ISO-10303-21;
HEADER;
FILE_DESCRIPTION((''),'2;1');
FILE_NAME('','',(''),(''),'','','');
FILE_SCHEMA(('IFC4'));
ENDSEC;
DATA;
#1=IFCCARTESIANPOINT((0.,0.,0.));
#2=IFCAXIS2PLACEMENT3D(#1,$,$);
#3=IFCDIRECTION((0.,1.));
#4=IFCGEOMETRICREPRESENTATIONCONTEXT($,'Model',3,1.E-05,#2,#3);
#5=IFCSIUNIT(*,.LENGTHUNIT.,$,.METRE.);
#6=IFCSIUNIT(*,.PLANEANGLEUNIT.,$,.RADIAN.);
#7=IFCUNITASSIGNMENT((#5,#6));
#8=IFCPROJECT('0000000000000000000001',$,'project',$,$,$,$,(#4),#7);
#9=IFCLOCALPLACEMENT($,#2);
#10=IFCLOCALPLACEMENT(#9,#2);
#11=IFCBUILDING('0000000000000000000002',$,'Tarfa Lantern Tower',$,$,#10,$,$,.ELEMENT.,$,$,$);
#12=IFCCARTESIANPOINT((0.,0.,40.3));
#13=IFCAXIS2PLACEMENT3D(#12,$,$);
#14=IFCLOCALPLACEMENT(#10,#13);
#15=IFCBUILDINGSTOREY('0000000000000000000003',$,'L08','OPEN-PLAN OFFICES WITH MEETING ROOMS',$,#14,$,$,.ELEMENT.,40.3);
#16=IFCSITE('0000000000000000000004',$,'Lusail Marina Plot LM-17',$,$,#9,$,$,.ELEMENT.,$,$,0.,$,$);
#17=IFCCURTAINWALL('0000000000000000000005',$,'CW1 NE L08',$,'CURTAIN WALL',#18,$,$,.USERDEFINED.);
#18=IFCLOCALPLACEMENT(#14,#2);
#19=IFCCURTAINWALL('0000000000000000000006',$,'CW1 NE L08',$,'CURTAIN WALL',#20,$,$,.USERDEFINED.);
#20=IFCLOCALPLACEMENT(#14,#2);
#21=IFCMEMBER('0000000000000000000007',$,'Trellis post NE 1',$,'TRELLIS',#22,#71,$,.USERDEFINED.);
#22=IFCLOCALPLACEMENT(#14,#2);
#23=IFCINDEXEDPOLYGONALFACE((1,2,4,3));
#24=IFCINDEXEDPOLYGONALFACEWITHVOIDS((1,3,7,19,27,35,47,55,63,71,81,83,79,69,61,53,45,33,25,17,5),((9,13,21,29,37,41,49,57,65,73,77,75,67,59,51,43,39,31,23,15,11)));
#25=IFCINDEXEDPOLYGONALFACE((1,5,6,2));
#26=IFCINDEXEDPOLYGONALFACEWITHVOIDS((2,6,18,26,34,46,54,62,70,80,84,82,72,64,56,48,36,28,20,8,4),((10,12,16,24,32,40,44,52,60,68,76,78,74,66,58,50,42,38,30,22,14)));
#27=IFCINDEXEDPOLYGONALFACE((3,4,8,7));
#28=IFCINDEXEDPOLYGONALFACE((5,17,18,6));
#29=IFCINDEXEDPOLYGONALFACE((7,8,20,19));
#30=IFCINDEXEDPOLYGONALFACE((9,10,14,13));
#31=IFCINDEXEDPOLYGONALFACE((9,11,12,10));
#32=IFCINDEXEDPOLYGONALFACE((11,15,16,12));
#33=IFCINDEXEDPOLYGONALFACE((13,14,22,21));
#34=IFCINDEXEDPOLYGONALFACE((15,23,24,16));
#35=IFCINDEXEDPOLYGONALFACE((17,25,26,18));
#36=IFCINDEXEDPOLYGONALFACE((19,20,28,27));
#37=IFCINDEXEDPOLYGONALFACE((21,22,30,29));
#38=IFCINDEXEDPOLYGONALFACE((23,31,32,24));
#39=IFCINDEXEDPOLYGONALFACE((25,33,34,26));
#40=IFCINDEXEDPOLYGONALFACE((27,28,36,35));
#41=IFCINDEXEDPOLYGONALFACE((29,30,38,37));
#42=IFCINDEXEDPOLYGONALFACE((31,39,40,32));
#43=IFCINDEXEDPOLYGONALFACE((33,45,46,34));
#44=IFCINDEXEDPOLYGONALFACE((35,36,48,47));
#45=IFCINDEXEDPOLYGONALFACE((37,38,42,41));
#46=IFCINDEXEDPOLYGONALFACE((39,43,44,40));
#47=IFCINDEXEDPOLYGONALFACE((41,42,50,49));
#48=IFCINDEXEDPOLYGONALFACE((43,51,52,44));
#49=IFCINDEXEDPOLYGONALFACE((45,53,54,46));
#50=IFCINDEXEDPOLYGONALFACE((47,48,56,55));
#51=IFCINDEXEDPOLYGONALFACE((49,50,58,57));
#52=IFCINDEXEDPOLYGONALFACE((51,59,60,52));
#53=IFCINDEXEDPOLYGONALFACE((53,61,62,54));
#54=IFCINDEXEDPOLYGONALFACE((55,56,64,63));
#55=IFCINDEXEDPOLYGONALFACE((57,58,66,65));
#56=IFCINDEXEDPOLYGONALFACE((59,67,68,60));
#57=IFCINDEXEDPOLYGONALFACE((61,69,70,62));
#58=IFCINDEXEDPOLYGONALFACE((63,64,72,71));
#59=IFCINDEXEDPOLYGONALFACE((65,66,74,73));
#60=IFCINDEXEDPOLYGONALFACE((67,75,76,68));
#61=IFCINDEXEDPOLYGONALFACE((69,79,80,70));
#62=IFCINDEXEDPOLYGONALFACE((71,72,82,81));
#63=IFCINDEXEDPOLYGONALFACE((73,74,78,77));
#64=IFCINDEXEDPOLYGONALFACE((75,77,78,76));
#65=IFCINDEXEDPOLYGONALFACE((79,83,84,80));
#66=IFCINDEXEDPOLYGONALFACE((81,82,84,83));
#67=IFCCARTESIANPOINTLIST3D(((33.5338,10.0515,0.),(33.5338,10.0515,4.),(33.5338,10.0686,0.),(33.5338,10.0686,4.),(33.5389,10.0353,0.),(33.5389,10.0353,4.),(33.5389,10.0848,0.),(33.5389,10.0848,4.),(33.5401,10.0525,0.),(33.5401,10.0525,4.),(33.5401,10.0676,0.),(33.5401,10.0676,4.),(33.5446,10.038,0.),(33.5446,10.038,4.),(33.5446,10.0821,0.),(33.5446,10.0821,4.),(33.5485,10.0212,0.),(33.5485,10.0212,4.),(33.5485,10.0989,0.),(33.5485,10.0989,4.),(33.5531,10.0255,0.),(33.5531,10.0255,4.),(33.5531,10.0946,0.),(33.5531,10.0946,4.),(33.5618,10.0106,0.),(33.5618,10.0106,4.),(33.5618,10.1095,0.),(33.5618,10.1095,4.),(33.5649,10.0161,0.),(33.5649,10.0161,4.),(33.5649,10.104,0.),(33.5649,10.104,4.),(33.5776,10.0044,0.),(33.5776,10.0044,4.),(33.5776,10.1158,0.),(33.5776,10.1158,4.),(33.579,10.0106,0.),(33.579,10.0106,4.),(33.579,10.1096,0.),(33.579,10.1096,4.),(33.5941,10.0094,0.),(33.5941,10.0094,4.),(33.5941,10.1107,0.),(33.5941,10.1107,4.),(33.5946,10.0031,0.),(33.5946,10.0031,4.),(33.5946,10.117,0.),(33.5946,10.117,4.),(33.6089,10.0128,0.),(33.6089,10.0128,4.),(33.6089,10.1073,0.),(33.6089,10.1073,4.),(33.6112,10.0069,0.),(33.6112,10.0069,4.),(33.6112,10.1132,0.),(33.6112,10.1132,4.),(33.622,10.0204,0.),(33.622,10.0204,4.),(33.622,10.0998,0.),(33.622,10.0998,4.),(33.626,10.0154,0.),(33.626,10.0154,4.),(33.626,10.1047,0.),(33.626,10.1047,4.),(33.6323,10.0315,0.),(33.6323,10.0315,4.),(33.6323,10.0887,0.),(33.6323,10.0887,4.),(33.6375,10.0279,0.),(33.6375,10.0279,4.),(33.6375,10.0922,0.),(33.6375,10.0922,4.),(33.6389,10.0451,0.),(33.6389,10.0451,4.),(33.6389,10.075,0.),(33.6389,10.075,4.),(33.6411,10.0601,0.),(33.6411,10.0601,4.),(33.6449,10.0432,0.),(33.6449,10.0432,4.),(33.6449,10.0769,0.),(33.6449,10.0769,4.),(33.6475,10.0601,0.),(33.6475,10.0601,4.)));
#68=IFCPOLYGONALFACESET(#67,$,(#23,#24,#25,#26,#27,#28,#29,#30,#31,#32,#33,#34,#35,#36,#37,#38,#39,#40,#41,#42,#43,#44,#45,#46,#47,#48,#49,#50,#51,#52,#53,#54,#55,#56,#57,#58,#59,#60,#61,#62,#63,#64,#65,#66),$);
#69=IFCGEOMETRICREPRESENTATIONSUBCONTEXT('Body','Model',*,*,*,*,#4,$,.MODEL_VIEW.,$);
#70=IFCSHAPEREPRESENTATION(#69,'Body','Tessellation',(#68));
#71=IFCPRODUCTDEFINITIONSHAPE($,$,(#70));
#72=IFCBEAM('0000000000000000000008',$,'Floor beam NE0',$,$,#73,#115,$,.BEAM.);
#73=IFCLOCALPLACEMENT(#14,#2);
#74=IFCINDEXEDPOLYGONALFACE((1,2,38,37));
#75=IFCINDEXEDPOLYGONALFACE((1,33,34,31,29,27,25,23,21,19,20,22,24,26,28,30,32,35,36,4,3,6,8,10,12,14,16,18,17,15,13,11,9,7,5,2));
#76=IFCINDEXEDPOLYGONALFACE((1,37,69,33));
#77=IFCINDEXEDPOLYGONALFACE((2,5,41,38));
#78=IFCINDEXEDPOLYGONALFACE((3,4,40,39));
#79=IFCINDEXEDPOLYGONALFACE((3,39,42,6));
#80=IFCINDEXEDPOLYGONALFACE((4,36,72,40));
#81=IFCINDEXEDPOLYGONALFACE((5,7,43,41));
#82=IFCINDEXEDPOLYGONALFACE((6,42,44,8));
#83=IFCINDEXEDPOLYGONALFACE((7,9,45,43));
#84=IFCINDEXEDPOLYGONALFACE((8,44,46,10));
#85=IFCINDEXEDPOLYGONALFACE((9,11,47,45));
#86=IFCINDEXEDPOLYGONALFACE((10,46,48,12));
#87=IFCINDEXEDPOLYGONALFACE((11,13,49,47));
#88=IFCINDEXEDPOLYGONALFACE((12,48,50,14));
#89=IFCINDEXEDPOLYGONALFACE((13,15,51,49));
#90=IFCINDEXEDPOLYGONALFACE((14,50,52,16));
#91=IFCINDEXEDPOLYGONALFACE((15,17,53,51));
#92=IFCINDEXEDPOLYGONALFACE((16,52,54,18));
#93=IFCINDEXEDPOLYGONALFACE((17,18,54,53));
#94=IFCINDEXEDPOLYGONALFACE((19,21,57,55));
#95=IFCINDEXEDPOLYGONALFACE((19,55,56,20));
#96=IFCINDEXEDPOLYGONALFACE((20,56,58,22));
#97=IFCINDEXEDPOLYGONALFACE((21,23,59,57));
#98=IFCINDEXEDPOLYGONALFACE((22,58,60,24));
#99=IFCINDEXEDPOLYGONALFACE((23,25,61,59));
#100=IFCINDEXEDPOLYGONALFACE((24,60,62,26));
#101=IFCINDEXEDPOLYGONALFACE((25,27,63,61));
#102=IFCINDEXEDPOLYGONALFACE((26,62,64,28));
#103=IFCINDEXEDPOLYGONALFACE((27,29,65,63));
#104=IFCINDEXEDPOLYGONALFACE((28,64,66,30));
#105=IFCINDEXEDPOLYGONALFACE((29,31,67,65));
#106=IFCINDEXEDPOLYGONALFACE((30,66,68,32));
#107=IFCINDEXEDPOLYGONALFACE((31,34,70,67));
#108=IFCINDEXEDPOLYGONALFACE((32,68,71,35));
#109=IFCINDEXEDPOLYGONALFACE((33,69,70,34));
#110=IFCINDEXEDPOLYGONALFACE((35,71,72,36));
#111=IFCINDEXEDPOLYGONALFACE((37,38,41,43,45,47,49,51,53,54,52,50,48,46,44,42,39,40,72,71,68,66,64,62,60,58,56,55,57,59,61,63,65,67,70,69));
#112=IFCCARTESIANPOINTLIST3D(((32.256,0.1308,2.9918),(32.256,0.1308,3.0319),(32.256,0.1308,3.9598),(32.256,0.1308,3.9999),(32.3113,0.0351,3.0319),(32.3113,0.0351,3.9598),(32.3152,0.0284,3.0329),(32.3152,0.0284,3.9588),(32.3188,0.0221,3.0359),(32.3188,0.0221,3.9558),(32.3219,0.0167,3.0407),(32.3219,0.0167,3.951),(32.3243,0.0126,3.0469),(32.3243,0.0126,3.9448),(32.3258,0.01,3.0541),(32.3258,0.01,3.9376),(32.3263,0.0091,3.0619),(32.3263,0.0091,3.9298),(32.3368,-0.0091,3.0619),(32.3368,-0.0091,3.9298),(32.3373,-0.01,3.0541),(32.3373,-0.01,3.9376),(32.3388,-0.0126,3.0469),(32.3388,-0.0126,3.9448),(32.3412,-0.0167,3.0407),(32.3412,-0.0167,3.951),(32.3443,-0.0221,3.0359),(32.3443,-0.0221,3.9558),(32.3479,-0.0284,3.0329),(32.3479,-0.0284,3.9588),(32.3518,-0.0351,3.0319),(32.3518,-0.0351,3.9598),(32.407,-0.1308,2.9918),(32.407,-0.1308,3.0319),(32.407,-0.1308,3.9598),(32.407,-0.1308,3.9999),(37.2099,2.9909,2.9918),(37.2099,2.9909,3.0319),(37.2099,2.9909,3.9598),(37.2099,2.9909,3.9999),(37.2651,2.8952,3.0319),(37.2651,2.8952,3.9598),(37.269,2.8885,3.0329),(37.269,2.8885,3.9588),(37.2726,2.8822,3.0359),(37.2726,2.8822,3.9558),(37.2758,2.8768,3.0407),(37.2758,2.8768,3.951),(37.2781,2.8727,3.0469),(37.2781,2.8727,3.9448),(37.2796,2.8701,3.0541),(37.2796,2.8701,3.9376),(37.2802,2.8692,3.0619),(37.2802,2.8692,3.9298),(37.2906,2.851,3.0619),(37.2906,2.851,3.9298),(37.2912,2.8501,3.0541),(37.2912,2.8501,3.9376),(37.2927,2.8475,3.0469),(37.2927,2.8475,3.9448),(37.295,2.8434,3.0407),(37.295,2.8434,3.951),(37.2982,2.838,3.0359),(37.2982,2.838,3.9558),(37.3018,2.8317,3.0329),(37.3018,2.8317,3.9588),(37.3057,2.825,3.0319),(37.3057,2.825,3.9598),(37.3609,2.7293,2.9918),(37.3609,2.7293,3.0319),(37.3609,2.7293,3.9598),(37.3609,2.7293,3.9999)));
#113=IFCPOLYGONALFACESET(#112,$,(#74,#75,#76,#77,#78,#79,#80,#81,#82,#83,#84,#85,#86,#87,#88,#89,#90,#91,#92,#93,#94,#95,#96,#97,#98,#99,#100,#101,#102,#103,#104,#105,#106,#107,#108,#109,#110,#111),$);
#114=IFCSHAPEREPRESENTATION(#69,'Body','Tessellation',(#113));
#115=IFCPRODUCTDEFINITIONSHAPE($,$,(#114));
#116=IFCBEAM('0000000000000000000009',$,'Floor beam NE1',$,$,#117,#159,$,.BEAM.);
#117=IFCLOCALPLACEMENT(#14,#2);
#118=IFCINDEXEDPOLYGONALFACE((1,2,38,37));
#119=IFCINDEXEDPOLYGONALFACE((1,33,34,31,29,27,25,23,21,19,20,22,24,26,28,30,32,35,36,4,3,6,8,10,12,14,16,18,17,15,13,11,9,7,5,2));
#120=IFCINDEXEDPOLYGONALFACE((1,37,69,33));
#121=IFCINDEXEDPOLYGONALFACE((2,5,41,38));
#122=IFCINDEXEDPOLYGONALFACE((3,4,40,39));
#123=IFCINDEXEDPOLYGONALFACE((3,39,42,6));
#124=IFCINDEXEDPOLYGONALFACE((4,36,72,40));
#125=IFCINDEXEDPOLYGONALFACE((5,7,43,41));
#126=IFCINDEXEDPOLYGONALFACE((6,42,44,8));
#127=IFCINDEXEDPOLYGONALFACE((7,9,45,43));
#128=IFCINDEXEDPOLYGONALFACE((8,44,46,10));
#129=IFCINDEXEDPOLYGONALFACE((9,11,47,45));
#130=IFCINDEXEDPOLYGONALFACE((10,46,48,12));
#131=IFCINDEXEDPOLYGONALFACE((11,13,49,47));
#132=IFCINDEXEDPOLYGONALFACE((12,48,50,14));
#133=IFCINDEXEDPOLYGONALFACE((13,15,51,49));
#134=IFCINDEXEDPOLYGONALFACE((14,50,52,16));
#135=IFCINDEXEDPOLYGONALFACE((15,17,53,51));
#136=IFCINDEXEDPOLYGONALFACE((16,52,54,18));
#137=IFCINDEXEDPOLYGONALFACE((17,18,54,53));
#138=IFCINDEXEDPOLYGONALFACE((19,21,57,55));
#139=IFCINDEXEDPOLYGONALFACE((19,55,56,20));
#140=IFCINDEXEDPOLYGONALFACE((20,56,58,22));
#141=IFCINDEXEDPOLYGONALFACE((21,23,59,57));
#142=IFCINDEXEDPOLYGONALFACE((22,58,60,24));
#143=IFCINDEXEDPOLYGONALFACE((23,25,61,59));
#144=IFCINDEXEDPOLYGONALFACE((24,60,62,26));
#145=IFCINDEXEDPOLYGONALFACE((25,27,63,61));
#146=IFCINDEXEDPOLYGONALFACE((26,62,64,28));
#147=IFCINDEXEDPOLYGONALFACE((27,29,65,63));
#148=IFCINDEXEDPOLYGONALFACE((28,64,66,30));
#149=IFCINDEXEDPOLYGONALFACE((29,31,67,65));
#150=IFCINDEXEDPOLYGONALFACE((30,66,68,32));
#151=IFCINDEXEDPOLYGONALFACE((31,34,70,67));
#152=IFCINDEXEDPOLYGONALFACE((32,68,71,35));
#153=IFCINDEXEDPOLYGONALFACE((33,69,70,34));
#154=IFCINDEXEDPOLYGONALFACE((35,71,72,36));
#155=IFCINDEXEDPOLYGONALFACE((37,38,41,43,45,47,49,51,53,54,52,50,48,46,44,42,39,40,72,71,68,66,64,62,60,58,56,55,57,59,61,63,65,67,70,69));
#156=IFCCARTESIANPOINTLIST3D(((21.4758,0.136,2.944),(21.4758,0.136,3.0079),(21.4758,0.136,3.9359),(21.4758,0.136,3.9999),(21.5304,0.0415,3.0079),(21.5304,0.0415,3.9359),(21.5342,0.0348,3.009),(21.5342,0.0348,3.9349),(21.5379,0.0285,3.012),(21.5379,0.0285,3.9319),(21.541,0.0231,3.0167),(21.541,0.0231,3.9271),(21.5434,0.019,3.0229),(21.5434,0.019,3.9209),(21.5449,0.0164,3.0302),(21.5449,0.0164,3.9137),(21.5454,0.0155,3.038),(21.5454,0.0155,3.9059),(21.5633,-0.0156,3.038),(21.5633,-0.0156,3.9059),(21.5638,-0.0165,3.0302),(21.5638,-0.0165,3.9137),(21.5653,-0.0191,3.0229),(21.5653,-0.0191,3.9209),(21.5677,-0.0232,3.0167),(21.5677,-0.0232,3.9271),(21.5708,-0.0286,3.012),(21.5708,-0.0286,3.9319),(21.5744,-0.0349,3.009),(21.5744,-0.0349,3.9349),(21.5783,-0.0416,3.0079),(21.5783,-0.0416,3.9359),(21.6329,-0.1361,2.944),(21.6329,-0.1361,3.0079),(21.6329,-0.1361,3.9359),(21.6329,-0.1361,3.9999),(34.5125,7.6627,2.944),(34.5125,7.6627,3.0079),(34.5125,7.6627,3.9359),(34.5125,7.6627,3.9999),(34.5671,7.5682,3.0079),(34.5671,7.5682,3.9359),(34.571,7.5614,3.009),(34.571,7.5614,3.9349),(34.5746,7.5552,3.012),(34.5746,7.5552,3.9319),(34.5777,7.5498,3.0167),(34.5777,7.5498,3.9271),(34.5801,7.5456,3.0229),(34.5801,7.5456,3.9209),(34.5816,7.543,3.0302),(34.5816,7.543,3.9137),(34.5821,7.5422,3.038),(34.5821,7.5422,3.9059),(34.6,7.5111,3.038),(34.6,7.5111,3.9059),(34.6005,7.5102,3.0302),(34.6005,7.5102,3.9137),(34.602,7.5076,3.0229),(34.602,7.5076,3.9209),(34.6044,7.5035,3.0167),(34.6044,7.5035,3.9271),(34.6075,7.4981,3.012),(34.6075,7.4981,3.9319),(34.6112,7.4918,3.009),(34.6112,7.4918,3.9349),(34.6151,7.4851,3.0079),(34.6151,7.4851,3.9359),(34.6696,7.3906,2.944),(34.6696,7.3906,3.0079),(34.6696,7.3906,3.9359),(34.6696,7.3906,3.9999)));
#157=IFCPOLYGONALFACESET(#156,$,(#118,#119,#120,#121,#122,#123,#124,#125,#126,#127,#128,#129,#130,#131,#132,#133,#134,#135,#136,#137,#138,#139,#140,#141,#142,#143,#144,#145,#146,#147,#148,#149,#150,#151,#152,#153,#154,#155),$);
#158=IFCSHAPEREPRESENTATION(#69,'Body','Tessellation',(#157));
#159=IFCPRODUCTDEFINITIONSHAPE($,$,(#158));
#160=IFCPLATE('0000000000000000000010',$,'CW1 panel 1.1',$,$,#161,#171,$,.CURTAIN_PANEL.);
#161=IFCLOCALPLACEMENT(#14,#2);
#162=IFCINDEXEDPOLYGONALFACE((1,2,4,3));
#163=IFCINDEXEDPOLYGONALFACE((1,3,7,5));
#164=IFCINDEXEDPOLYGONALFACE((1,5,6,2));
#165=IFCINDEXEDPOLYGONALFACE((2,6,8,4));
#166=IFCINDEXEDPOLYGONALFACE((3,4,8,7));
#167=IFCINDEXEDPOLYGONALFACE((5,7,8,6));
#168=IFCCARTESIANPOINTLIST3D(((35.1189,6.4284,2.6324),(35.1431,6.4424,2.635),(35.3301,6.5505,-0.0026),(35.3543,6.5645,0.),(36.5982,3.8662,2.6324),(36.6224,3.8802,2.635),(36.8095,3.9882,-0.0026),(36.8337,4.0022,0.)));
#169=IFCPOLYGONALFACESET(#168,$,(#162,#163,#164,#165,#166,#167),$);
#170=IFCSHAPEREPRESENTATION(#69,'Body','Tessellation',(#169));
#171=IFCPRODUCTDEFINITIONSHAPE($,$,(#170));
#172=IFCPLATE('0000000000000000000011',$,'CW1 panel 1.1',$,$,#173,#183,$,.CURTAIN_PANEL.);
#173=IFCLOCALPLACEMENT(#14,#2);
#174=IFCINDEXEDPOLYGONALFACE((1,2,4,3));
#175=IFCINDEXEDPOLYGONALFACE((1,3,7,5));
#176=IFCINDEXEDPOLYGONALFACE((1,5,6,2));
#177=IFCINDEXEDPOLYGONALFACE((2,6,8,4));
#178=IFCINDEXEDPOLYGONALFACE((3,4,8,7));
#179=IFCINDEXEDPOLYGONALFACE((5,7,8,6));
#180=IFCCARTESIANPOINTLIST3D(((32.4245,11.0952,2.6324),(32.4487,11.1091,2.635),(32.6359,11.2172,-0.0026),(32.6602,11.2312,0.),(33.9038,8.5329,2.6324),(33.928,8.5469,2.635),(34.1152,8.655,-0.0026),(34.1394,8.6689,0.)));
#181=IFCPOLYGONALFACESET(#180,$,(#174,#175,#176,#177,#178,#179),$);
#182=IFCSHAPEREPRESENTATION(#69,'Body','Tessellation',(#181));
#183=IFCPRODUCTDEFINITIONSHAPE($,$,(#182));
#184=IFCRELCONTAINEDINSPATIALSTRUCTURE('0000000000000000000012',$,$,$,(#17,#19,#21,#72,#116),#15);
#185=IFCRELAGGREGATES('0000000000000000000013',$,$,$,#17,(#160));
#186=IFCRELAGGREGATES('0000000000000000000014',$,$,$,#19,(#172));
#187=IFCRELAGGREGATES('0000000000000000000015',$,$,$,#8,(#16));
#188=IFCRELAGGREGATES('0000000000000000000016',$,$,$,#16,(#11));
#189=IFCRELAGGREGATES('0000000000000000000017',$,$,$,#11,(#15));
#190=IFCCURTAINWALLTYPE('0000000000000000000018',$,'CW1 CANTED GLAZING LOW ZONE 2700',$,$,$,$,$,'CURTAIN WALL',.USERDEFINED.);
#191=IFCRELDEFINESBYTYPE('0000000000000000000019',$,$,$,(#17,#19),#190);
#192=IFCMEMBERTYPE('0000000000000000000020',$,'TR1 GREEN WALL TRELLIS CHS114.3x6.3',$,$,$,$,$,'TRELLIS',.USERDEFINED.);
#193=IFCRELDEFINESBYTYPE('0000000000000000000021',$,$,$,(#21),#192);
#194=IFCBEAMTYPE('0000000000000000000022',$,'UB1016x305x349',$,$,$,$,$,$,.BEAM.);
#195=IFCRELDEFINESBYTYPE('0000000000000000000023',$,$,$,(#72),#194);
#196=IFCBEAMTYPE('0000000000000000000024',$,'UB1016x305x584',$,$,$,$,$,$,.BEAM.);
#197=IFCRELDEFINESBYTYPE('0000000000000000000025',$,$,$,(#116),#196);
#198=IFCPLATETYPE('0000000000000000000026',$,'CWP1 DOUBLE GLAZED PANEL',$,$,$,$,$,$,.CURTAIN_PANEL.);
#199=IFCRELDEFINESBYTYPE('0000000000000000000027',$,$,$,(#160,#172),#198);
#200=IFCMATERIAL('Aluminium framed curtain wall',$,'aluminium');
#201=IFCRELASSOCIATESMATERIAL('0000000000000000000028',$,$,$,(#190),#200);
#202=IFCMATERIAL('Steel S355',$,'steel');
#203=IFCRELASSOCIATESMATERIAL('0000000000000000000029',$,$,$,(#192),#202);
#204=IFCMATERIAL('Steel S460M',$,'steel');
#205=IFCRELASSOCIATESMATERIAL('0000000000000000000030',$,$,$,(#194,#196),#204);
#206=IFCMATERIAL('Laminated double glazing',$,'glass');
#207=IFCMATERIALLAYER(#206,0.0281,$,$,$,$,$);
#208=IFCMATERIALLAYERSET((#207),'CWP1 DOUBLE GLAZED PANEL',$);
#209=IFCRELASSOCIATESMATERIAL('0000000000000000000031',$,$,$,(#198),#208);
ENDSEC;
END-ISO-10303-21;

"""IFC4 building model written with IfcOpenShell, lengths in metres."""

from ifc_helpers import new_model, si_unit, direction, frame, origin, origin_2d, place, context, subcontext, project, spatial, polyline, hollow_circle, i_section, outline, extrude, material, layer, layer_set, material_profile, profile_set, type_object, element, aggregate, save


model = new_model("IFC4")

# Units and contexts
model_context = context("Model", 3, precision=1e-05, world=origin(), true_north=direction((0.0, 1.0)))
body_context = subcontext(model_context, "Body", "Model", "MODEL_VIEW")
ifc_project = project(units=[si_unit("LENGTHUNIT", "METRE"), si_unit("PLANEANGLEUNIT", "RADIAN")], contexts=[model_context])

# Site, building, storey
site_placement = place(None, origin())
site = spatial("IfcSite", under=ifc_project, at=site_placement, Name="Lusail Marina Plot LM-17", CompositionType="ELEMENT", RefElevation=0.0)
building_placement = place(site_placement, origin())
building = spatial("IfcBuilding", under=site, at=building_placement, Name="Tarfa Lantern Tower", CompositionType="ELEMENT")
storey_placement = place(building_placement, frame((0.0, 0.0, 40.3)))
storey = spatial("IfcBuildingStorey", under=building, at=storey_placement, Name="L08", Description="OPEN-PLAN OFFICES WITH MEETING ROOMS", CompositionType="ELEMENT", Elevation=40.3)

# Curtain walls
ifc_material_1 = material(Name="Aluminium framed curtain wall", Category="aluminium")
curtain_wall_type = type_object("IfcCurtainWallType", Name="CW1 CANTED GLAZING LOW ZONE 2700", ElementType="CURTAIN WALL", PredefinedType="USERDEFINED", material=ifc_material_1)
curtain_wall_1_placement = place(storey_placement, origin())
curtain_wall_1 = element("IfcCurtainWall", 1, at=curtain_wall_1_placement, inside=storey, type_object=curtain_wall_type, Name="CW1 NE L08", ObjectType="CURTAIN WALL", PredefinedType="USERDEFINED")
curtain_wall_2_placement = place(storey_placement, origin())
curtain_wall_2 = element("IfcCurtainWall", 2, at=curtain_wall_2_placement, inside=storey, type_object=curtain_wall_type, Name="CW1 NE L08", ObjectType="CURTAIN WALL", PredefinedType="USERDEFINED")

# Member
ifc_material_2 = material(Name="Steel S355", Category="steel")
ifc_material_profile_1 = material_profile(ifc_material_2, hollow_circle(Radius=0.0571, WallThickness=0.0063, at=origin_2d()), Name="CHS114.3x6.3")
ifc_profile_set_1 = profile_set([ifc_material_profile_1], Name="Steel S355")
member_type_1 = type_object("IfcMemberType", Name="TR1 GREEN WALL TRELLIS CHS114.3x6.3", ElementType="TRELLIS", PredefinedType="USERDEFINED", material=ifc_profile_set_1)
member_1_placement = place(storey_placement, frame((33.5903, 10.0601, 0.0), z_axis=(0.0, 0.0, 1.0), x_axis=(1.0, 0.0, 0.0)))
element("IfcMember", 3, at=member_1_placement, inside=storey, type_object=member_type_1, Name="Trellis post NE 1", ObjectType="TRELLIS", PredefinedType="USERDEFINED", context=body_context, shape_type="SweptSolid", body=[
    extrude(hollow_circle(Radius=0.0571, WallThickness=0.0063, at=origin_2d()), origin(), (0.0, 0.0, 1.0), 4.0),
])

# Beams
ifc_material_3 = material(Name="Steel S460M", Category="steel")
ifc_material_profile_2 = material_profile(ifc_material_3, i_section(OverallWidth=0.302, OverallDepth=1.0081, WebThickness=0.021, FlangeThickness=0.04, FilletRadius=0.03, at=origin_2d()), Name="UB1016x305x349")
ifc_profile_set_2 = profile_set([ifc_material_profile_2], Name="Steel S460M")
beam_type_1 = type_object("IfcBeamType", Name="UB1016x305x349", PredefinedType="BEAM", material=ifc_profile_set_2)
beam_1_placement = place(storey_placement, frame((37.2854, 2.8601, 3.4958), z_axis=(-0.866026, -0.5, 0.0), x_axis=(0.5, -0.866026, 0.0)))
element("IfcBeam", 4, at=beam_1_placement, inside=storey, type_object=beam_type_1, Name="Floor beam NE0", PredefinedType="BEAM", context=body_context, shape_type="SweptSolid", body=[
    extrude(i_section(OverallWidth=0.302, OverallDepth=1.0081, WebThickness=0.021, FlangeThickness=0.04, FilletRadius=0.03, at=origin_2d()), origin(), (0.0, 0.0, 1.0), 5.7202),
])
ifc_material_profile_3 = material_profile(ifc_material_3, i_section(OverallWidth=0.3142, OverallDepth=1.0559, WebThickness=0.0359, FlangeThickness=0.064, FilletRadius=0.03, at=origin_2d()), Name="UB1016x305x584")
ifc_profile_set_3 = profile_set([ifc_material_profile_3], Name="Steel S460M")
beam_type_2 = type_object("IfcBeamType", Name="UB1016x305x584", PredefinedType="BEAM", material=ifc_profile_set_3)
beam_2_placement = place(storey_placement, frame((34.5911, 7.5266, 3.4719), z_axis=(-0.866028, -0.499996, 0.0), x_axis=(0.499996, -0.866028, 0.0)))
element("IfcBeam", 5, at=beam_2_placement, inside=storey, type_object=beam_type_2, Name="Floor beam NE1", PredefinedType="BEAM", context=body_context, shape_type="SweptSolid", body=[
    extrude(i_section(OverallWidth=0.3142, OverallDepth=1.0559, WebThickness=0.0359, FlangeThickness=0.064, FilletRadius=0.03, at=origin_2d()), origin(), (0.0, 0.0, 1.0), 15.0535),
])

# Plates
ifc_material_4 = material(Name="Laminated double glazing", Category="glass")
ifc_layer_1 = layer(ifc_material_4, 0.0281)
ifc_layer_set_1 = layer_set([ifc_layer_1], Name="CWP1 DOUBLE GLAZED PANEL")
plate_type = type_object("IfcPlateType", Name="CWP1 DOUBLE GLAZED PANEL", PredefinedType="CURTAIN_PANEL", material=ifc_layer_set_1)
plate_1_placement = place(storey_placement, frame((36.8337, 4.0022, 0.0), z_axis=(0.862328, 0.497882, 0.092216), x_axis=(-0.500013, 0.866018, 0.000003)))
plate_1 = element("IfcPlate", 6, at=plate_1_placement, type_object=plate_type, Name="CW1 panel 1.1", PredefinedType="CURTAIN_PANEL", context=body_context, shape_type="SweptSolid", body=[
    extrude(outline(polyline([(0.0, 0.0), (2.9587, 0.0), (2.9586, 2.6463), (0.0, 2.6463), (0.0, 0.0)])), origin(), (0.0, 0.0, -1.0), 0.0281),
])
aggregate(curtain_wall_1, [plate_1])
plate_2_placement = place(storey_placement, frame((34.1394, 8.6689, 0.0), z_axis=(0.862342, 0.49785, 0.092255), x_axis=(-0.499982, 0.866036, 0.0)))
plate_2 = element("IfcPlate", 7, at=plate_2_placement, type_object=plate_type, Name="CW1 panel 1.1", PredefinedType="CURTAIN_PANEL", context=body_context, shape_type="SweptSolid", body=[
    extrude(outline(polyline([(0.0, 0.0), (2.9586, 0.0), (2.9586, 2.6463), (0.0, 2.6463), (0.0, 0.0)])), origin(), (0.0, 0.0, -1.0), 0.0281),
])
aggregate(curtain_wall_2, [plate_2])

save(model, "model.ifc")
